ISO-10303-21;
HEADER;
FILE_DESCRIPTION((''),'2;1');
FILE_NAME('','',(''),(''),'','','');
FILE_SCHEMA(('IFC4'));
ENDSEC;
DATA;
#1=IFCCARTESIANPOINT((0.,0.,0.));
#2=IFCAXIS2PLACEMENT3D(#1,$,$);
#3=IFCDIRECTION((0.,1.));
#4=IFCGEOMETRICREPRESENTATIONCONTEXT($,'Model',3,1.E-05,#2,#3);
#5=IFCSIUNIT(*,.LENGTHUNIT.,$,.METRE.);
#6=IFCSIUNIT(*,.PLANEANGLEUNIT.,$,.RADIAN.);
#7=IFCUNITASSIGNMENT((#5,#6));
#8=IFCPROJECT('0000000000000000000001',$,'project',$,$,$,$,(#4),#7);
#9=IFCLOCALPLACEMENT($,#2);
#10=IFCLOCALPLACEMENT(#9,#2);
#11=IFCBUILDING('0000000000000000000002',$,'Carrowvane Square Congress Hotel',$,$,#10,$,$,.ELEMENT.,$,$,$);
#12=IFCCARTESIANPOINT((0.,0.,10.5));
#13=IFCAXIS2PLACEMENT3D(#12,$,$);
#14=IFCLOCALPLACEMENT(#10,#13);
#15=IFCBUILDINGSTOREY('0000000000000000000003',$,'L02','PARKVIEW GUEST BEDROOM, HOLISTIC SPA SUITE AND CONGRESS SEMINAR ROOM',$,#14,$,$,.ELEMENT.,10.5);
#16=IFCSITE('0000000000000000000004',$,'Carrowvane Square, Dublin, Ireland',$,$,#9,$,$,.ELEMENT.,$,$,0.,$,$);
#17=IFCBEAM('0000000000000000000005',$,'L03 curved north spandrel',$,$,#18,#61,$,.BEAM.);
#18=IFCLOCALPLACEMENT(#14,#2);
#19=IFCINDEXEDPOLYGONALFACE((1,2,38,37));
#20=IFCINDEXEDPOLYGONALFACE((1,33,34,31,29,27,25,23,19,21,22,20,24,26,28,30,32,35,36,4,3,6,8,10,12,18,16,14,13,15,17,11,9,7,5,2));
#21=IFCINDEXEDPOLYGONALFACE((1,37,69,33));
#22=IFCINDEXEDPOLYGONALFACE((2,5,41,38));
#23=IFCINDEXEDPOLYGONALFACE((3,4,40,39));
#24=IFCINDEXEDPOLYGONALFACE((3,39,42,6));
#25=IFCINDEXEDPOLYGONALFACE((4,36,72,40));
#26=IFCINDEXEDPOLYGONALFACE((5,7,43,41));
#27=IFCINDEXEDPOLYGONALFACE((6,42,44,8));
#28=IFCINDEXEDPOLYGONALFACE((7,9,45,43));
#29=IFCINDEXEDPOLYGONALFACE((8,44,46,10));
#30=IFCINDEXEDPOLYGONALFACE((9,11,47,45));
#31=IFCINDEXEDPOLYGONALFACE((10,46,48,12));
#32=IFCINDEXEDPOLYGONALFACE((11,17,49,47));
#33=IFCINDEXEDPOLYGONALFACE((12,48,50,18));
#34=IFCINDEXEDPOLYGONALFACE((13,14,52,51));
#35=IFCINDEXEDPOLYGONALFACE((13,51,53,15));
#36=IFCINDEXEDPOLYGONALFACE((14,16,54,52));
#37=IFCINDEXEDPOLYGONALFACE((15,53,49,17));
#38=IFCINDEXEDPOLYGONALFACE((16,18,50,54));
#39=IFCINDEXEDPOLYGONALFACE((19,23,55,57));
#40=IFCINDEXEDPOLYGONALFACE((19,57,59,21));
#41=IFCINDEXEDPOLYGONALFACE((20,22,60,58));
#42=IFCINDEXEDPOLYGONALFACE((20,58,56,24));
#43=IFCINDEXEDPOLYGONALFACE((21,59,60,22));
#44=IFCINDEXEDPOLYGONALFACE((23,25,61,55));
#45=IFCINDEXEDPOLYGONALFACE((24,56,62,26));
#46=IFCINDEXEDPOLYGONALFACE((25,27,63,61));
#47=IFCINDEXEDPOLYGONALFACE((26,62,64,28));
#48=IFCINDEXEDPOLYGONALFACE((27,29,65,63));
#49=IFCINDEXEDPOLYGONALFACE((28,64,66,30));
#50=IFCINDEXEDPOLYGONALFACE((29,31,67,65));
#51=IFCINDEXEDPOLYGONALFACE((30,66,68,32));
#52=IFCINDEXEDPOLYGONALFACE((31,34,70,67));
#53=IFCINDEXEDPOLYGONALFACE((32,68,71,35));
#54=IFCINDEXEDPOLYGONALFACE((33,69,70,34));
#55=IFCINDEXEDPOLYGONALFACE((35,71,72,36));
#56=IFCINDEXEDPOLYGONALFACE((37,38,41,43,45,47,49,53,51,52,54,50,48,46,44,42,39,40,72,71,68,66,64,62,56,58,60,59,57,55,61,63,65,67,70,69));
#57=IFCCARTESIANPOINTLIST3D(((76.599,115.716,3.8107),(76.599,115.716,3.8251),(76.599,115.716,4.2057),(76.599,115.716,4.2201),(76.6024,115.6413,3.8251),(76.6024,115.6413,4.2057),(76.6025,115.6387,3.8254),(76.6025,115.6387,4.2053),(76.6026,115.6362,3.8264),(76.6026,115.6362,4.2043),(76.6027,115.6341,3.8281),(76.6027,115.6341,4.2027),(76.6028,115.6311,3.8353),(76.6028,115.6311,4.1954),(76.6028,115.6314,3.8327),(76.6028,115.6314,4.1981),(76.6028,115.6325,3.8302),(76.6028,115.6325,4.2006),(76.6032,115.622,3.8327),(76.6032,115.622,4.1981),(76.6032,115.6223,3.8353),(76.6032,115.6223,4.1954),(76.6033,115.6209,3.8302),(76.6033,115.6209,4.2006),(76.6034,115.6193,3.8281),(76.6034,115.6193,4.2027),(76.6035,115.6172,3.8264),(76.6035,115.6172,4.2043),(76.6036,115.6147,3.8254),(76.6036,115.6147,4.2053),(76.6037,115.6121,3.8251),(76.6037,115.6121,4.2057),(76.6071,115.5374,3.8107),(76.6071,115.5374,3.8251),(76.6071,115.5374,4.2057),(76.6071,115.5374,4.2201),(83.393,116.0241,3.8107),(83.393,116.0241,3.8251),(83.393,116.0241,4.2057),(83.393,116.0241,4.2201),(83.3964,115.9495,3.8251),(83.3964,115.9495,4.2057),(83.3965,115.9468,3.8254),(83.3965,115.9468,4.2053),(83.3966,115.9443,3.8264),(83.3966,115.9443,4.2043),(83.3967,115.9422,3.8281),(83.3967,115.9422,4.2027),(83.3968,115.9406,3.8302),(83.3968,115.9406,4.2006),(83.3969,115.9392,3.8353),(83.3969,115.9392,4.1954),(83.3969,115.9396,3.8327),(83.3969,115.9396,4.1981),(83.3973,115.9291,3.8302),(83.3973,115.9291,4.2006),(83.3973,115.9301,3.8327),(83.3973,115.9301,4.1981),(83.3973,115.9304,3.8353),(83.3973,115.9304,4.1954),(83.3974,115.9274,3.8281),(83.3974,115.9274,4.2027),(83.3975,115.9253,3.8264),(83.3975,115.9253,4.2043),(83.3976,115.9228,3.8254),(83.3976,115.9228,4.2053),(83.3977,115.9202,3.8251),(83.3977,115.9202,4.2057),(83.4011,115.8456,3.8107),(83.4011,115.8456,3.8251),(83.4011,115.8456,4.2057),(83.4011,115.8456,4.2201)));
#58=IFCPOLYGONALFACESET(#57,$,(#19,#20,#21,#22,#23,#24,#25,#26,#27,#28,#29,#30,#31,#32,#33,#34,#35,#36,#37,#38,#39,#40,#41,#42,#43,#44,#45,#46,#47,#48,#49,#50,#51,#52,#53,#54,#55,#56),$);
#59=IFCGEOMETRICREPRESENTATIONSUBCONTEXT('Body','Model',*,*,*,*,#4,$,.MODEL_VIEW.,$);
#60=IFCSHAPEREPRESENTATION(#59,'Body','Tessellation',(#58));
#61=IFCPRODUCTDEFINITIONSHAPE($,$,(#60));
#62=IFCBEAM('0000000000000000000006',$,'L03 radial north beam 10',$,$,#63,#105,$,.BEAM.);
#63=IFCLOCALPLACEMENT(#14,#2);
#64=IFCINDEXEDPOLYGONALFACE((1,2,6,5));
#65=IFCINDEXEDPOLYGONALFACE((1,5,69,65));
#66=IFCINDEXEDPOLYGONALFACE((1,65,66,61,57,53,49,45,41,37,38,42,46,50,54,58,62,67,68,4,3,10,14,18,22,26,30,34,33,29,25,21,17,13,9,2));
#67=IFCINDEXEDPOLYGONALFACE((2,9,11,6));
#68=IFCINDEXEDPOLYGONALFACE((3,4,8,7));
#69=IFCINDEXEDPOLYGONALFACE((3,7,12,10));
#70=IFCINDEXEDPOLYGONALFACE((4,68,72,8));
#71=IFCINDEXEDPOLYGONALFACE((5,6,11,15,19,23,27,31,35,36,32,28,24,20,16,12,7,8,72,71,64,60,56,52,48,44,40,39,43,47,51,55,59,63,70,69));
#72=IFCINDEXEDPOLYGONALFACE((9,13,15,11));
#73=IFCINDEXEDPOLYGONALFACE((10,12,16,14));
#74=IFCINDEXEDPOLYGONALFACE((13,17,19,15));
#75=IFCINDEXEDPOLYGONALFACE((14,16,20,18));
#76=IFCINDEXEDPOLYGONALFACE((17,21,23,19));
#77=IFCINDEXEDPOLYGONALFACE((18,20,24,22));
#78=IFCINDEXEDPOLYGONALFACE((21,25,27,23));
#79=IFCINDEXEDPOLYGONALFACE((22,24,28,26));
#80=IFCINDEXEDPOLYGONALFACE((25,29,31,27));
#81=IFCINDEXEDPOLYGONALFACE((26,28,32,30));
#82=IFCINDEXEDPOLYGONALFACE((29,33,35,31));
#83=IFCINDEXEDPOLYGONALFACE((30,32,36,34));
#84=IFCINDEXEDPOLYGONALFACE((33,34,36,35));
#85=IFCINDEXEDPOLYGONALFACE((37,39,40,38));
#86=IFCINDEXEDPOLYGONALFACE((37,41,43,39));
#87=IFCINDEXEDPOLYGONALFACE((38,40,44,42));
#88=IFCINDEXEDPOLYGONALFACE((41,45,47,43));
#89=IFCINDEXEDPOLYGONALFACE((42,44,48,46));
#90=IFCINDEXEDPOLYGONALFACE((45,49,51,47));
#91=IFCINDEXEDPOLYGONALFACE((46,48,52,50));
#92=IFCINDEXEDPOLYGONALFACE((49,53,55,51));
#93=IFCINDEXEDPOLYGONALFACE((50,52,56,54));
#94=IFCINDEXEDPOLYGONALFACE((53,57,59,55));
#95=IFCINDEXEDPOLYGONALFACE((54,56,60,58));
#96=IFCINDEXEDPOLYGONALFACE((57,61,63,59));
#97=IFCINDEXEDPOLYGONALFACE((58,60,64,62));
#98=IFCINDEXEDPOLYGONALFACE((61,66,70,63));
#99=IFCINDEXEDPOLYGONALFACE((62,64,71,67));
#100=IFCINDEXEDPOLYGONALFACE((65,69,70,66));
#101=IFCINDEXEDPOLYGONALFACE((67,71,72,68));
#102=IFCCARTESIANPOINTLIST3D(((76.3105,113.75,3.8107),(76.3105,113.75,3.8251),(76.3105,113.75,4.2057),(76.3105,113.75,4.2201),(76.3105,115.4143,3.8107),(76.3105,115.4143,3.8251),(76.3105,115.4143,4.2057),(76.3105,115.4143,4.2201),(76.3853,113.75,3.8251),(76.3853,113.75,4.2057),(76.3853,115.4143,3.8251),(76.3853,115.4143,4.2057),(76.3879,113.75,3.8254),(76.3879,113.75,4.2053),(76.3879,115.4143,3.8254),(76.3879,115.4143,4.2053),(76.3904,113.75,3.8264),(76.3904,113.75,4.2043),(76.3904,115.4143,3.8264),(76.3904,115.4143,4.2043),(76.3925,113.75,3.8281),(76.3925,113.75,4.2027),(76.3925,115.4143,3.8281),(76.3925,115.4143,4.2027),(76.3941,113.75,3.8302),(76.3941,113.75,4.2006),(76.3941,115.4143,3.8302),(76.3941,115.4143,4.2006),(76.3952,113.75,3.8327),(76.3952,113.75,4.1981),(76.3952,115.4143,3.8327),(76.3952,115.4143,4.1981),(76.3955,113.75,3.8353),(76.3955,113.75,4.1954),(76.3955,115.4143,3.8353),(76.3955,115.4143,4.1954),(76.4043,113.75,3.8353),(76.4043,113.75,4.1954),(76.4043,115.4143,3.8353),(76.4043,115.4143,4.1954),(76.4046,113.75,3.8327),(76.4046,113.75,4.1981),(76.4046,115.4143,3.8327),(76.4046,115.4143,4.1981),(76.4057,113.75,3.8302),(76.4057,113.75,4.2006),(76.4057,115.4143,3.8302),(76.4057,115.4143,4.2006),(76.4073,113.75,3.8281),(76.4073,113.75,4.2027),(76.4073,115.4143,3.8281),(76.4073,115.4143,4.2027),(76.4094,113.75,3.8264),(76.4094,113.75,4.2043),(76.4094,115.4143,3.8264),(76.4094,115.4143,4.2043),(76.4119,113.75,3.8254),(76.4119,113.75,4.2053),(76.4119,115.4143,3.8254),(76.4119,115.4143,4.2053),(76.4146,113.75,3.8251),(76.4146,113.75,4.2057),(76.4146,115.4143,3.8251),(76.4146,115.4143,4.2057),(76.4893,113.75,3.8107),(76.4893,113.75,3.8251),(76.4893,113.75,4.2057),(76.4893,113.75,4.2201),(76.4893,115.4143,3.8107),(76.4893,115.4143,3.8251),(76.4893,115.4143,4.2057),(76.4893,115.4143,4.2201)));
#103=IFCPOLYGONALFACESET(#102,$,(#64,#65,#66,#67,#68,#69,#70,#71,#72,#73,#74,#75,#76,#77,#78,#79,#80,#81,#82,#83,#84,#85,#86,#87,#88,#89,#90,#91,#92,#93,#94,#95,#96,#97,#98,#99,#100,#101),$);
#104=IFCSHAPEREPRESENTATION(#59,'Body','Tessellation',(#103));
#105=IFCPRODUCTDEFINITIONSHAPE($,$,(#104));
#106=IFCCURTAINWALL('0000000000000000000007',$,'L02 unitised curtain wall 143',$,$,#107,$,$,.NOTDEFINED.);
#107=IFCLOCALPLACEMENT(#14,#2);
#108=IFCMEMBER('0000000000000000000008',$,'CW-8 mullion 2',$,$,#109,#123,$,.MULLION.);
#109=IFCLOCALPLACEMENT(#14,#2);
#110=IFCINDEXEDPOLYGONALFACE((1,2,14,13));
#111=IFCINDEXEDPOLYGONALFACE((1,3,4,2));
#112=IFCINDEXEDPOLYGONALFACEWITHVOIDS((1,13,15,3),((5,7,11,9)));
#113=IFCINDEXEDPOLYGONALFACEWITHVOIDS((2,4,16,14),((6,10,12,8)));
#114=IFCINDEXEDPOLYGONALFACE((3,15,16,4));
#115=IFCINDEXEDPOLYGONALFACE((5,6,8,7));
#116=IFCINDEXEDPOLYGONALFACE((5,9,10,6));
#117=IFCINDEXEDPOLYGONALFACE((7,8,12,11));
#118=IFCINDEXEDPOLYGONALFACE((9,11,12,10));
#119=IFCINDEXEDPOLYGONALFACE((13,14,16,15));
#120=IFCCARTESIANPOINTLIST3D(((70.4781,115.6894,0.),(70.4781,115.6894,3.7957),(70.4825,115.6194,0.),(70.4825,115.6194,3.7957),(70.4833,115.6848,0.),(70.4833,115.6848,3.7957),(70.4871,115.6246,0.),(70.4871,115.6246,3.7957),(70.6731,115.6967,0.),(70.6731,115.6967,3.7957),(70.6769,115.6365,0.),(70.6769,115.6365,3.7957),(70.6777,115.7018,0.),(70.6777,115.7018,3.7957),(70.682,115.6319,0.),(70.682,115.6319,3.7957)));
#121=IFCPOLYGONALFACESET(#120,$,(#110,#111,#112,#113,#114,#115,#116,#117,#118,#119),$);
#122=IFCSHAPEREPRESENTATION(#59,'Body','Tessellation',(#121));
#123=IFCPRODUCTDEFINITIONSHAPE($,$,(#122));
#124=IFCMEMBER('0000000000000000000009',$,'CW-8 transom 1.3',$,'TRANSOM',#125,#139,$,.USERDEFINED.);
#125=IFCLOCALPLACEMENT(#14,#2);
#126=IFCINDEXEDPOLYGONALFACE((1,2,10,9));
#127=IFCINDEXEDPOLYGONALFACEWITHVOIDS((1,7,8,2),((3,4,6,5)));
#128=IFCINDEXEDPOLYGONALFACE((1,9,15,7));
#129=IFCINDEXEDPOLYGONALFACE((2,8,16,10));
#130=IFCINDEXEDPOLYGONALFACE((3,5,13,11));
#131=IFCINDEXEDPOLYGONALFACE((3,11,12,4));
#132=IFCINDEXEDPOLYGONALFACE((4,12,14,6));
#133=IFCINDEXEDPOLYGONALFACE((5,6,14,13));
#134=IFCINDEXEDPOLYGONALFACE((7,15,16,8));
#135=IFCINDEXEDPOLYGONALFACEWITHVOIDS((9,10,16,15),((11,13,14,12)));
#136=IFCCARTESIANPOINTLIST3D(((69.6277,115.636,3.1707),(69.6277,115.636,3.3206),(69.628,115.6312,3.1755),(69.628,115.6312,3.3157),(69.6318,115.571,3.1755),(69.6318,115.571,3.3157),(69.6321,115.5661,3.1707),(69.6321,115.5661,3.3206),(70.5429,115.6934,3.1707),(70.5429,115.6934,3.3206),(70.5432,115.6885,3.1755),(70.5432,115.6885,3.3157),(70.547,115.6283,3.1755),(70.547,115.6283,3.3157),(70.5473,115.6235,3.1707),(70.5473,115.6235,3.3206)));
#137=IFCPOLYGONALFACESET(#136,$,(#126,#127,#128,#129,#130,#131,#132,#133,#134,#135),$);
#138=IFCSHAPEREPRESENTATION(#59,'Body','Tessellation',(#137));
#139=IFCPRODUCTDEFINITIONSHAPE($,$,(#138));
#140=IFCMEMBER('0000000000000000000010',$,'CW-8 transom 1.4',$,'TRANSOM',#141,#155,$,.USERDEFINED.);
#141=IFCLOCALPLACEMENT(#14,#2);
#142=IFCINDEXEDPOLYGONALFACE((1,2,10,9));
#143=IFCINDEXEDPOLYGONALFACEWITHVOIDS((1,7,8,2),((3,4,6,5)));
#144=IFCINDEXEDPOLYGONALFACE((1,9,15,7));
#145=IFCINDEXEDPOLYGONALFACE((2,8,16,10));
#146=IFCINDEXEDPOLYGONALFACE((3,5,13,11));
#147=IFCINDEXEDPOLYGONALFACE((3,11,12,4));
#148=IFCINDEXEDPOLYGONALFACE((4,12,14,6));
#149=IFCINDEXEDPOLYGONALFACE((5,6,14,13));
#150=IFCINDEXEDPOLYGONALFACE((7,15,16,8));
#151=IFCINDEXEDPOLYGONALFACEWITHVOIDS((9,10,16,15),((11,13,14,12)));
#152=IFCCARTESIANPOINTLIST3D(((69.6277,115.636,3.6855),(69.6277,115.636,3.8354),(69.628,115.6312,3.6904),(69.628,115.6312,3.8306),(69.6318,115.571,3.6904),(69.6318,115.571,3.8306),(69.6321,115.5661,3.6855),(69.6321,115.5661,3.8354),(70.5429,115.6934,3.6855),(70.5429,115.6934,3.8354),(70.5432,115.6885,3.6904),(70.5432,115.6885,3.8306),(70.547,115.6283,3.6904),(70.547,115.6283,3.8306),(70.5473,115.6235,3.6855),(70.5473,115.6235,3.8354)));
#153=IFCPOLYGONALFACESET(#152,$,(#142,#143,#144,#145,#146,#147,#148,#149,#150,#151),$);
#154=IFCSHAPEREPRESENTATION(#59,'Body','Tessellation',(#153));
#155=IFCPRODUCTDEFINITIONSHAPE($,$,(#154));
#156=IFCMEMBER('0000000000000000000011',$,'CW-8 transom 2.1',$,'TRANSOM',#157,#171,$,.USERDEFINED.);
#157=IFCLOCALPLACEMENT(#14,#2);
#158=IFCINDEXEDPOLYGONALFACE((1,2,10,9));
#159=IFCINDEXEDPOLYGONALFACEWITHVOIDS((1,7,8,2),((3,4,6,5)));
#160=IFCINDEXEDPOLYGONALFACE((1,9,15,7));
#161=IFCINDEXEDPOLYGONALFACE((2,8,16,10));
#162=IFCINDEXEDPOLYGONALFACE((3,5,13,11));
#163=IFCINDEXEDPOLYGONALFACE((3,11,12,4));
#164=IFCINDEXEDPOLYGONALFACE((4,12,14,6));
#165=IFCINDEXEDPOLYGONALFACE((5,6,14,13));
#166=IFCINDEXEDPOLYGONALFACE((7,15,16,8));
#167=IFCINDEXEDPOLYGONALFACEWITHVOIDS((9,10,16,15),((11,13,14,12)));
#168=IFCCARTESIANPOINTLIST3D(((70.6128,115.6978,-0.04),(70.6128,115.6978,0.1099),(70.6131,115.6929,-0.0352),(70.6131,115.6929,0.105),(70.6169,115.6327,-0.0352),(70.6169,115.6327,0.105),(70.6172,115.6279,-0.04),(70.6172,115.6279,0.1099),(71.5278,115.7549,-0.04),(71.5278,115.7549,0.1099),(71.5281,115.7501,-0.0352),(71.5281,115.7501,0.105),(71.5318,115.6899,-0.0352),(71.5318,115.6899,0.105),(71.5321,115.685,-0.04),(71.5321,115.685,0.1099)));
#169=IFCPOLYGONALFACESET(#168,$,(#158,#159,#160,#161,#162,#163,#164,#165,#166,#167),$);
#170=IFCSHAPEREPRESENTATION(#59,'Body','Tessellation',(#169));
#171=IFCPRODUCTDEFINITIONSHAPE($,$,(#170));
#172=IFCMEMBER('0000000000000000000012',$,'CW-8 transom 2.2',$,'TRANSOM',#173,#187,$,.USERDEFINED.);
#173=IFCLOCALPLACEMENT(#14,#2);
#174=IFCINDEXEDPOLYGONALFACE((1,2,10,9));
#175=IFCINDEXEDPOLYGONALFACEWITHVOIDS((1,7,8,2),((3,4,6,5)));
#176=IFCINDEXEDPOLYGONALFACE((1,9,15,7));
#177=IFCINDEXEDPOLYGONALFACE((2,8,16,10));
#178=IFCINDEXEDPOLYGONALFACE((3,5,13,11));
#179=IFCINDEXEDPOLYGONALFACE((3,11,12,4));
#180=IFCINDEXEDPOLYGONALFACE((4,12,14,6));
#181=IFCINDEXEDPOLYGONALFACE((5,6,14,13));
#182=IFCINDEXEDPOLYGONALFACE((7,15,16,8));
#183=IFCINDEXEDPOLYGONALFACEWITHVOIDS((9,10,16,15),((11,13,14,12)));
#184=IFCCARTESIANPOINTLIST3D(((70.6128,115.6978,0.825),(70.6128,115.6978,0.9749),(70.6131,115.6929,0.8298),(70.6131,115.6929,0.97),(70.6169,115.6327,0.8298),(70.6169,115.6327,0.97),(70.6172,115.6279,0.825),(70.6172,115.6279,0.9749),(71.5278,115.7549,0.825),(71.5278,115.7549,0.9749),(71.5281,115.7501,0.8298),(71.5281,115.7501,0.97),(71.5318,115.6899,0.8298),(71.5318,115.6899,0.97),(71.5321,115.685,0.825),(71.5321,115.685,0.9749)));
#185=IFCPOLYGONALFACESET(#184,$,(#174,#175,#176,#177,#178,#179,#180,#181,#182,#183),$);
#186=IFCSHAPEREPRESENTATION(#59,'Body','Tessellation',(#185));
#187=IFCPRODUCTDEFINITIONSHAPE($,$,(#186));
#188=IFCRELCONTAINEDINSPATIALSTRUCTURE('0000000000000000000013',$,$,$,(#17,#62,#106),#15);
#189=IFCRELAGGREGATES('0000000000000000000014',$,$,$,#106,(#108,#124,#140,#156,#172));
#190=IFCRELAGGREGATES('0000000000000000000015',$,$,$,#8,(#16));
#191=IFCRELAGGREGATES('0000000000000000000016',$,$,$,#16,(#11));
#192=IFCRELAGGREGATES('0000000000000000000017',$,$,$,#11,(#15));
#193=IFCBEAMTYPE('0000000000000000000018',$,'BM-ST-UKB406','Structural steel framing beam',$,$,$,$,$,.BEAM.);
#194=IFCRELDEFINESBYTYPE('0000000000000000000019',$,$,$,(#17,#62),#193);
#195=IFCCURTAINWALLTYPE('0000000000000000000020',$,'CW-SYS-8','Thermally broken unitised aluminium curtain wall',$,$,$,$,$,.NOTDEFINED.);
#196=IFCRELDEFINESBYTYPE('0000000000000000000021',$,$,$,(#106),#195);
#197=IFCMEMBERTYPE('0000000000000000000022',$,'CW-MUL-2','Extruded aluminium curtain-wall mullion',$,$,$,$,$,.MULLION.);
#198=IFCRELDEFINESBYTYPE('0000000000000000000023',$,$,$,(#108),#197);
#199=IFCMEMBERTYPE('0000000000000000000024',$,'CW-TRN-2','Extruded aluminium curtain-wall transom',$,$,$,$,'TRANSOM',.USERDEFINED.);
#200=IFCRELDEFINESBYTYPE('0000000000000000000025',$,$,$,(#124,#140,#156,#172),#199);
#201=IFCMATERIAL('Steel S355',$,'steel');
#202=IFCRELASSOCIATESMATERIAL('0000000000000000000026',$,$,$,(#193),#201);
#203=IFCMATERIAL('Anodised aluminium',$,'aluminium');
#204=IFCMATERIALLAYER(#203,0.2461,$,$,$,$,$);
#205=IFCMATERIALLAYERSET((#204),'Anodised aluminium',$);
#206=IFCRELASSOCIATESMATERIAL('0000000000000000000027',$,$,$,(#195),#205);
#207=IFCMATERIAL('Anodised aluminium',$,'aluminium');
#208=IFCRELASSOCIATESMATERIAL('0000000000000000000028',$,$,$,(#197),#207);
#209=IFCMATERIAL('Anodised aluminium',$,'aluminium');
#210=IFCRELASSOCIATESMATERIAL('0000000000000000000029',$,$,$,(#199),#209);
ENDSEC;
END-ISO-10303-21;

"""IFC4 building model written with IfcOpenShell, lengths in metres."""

from ifc_helpers import new_model, si_unit, direction, frame, origin, origin_2d, place, context, subcontext, project, spatial, hollow_rectangle, i_section, extrude, material, layer, layer_set, material_profile, profile_set, type_object, element, aggregate, save


model = new_model("IFC4")

# Units and contexts
model_context = context("Model", 3, precision=1e-05, world=origin(), true_north=direction((0.0, 1.0)))
body_context = subcontext(model_context, "Body", "Model", "MODEL_VIEW")
ifc_project = project(units=[si_unit("LENGTHUNIT", "METRE"), si_unit("PLANEANGLEUNIT", "RADIAN")], contexts=[model_context])

# Site, building, storey
site_placement = place(None, origin())
site = spatial("IfcSite", under=ifc_project, at=site_placement, Name="Carrowvane Square, Dublin, Ireland", CompositionType="ELEMENT", RefElevation=0.0)
building_placement = place(site_placement, origin())
building = spatial("IfcBuilding", under=site, at=building_placement, Name="Carrowvane Square Congress Hotel", CompositionType="ELEMENT")
storey_placement = place(building_placement, frame((0.0, 0.0, 10.5)))
storey = spatial("IfcBuildingStorey", under=building, at=storey_placement, Name="L02", Description="PARKVIEW GUEST BEDROOM, HOLISTIC SPA SUITE AND CONGRESS SEMINAR ROOM", CompositionType="ELEMENT", Elevation=10.5)

# Beams
ifc_material_1 = material(Name="Steel S355", Category="steel")
ifc_material_profile_1 = material_profile(ifc_material_1, i_section(OverallWidth=0.1787, OverallDepth=0.4094, WebThickness=0.0088, FlangeThickness=0.0144, FilletRadius=0.0103, at=origin_2d()), Name="UKB 406x178x67")
ifc_profile_set_1 = profile_set([ifc_material_profile_1], Name="Steel S355")
beam_type_1 = type_object("IfcBeamType", Name="BM-ST-UKB406", Description="Structural steel framing beam", PredefinedType="BEAM", material=ifc_profile_set_1)
beam_1_placement = place(storey_placement, frame((76.603, 115.6267, 4.0154), z_axis=(0.998973, 0.045303, 0.0), x_axis=(-0.045303, 0.998973, 0.0)))
element("IfcBeam", 1, at=beam_1_placement, inside=storey, type_object=beam_type_1, Name="L03 curved north spandrel", PredefinedType="BEAM", context=body_context, shape_type="SweptSolid", body=[
    extrude(i_section(OverallWidth=0.1787, OverallDepth=0.4094, WebThickness=0.0088, FlangeThickness=0.0144, FilletRadius=0.0103, at=origin_2d()), origin(), (0.0, 0.0, 1.0), 6.801),
])
beam_2_placement = place(storey_placement, frame((76.3999, 113.75, 4.0154), z_axis=(0.0, 1.0, 0.0), x_axis=(-1.0, 0.0, 0.0)))
element("IfcBeam", 2, at=beam_2_placement, inside=storey, type_object=beam_type_1, Name="L03 radial north beam 10", PredefinedType="BEAM", context=body_context, shape_type="SweptSolid", body=[
    extrude(i_section(OverallWidth=0.1787, OverallDepth=0.4094, WebThickness=0.0088, FlangeThickness=0.0144, FilletRadius=0.0103, at=origin_2d()), origin(), (0.0, 0.0, 1.0), 1.6643),
])

# Curtain wall, members
ifc_material_2 = material(Name="Anodised aluminium", Category="aluminium")
ifc_layer_1 = layer(ifc_material_2, 0.2461)
ifc_layer_set_1 = layer_set([ifc_layer_1], Name="Anodised aluminium")
curtain_wall_type = type_object("IfcCurtainWallType", Name="CW-SYS-8", Description="Thermally broken unitised aluminium curtain wall", PredefinedType="NOTDEFINED", material=ifc_layer_set_1)
curtain_wall_placement = place(storey_placement, origin())
curtain_wall = element("IfcCurtainWall", 3, at=curtain_wall_placement, inside=storey, type_object=curtain_wall_type, Name="L02 unitised curtain wall 143", PredefinedType="NOTDEFINED")
ifc_material_3 = material(Name="Anodised aluminium", Category="aluminium")
ifc_material_profile_2 = material_profile(ifc_material_3, hollow_rectangle(XDim=0.0701, YDim=0.2, WallThickness=0.0049, at=origin_2d()), Name="CW-ML 70x200x5")
ifc_profile_set_2 = profile_set([ifc_material_profile_2], Name="Anodised aluminium")
member_type_1 = type_object("IfcMemberType", Name="CW-MUL-2", Description="Extruded aluminium curtain-wall mullion", PredefinedType="MULLION", material=ifc_profile_set_2)
member_1_placement = place(storey_placement, frame((70.5801, 115.6606, 0.0), z_axis=(0.0, 0.0, 1.0), x_axis=(-0.062397, 0.998051, 0.0)))
member_1 = element("IfcMember", 4, at=member_1_placement, type_object=member_type_1, Name="CW-8 mullion 2", PredefinedType="MULLION", context=body_context, shape_type="SweptSolid", body=[
    extrude(hollow_rectangle(XDim=0.0701, YDim=0.2, WallThickness=0.0049, at=origin_2d()), origin(), (0.0, 0.0, 1.0), 3.7957),
])
ifc_material_4 = material(Name="Anodised aluminium", Category="aluminium")
ifc_material_profile_3 = material_profile(ifc_material_4, hollow_rectangle(XDim=0.0701, YDim=0.1499, WallThickness=0.0049, at=origin_2d()), Name="CW-TR 70x150x5")
ifc_profile_set_3 = profile_set([ifc_material_profile_3], Name="Anodised aluminium")
member_type_2 = type_object("IfcMemberType", Name="CW-TRN-2", Description="Extruded aluminium curtain-wall transom", ElementType="TRANSOM", PredefinedType="USERDEFINED", material=ifc_profile_set_3)
member_2_placement = place(storey_placement, frame((69.6299, 115.6011, 3.2456), z_axis=(0.998041, 0.062561, 0.0), x_axis=(-0.062561, 0.998041, 0.0)))
member_2 = element("IfcMember", 5, at=member_2_placement, type_object=member_type_2, Name="CW-8 transom 1.3", ObjectType="TRANSOM", PredefinedType="USERDEFINED", context=body_context, shape_type="SweptSolid", body=[
    extrude(hollow_rectangle(XDim=0.0701, YDim=0.1499, WallThickness=0.0049, at=origin_2d()), origin(), (0.0, 0.0, 1.0), 0.917),
])
member_3_placement = place(storey_placement, frame((69.6299, 115.6011, 3.7605), z_axis=(0.998041, 0.062561, 0.0), x_axis=(-0.062561, 0.998041, 0.0)))
member_3 = element("IfcMember", 6, at=member_3_placement, type_object=member_type_2, Name="CW-8 transom 1.4", ObjectType="TRANSOM", PredefinedType="USERDEFINED", context=body_context, shape_type="SweptSolid", body=[
    extrude(hollow_rectangle(XDim=0.0701, YDim=0.1499, WallThickness=0.0049, at=origin_2d()), origin(), (0.0, 0.0, 1.0), 0.917),
])
member_4_placement = place(storey_placement, frame((70.615, 115.6628, 0.0349), z_axis=(0.998057, 0.062312, 0.0), x_axis=(-0.062312, 0.998057, 0.0)))
member_4 = element("IfcMember", 7, at=member_4_placement, type_object=member_type_2, Name="CW-8 transom 2.1", ObjectType="TRANSOM", PredefinedType="USERDEFINED", context=body_context, shape_type="SweptSolid", body=[
    extrude(hollow_rectangle(XDim=0.0701, YDim=0.1499, WallThickness=0.0049, at=origin_2d()), origin(), (0.0, 0.0, 1.0), 0.9167),
])
member_5_placement = place(storey_placement, frame((70.615, 115.6628, 0.8999), z_axis=(0.998057, 0.062312, 0.0), x_axis=(-0.062312, 0.998057, 0.0)))
member_5 = element("IfcMember", 8, at=member_5_placement, type_object=member_type_2, Name="CW-8 transom 2.2", ObjectType="TRANSOM", PredefinedType="USERDEFINED", context=body_context, shape_type="SweptSolid", body=[
    extrude(hollow_rectangle(XDim=0.0701, YDim=0.1499, WallThickness=0.0049, at=origin_2d()), origin(), (0.0, 0.0, 1.0), 0.9167),
])
aggregate(curtain_wall, [member_1, member_2, member_3, member_4, member_5])

save(model, "model.ifc")
